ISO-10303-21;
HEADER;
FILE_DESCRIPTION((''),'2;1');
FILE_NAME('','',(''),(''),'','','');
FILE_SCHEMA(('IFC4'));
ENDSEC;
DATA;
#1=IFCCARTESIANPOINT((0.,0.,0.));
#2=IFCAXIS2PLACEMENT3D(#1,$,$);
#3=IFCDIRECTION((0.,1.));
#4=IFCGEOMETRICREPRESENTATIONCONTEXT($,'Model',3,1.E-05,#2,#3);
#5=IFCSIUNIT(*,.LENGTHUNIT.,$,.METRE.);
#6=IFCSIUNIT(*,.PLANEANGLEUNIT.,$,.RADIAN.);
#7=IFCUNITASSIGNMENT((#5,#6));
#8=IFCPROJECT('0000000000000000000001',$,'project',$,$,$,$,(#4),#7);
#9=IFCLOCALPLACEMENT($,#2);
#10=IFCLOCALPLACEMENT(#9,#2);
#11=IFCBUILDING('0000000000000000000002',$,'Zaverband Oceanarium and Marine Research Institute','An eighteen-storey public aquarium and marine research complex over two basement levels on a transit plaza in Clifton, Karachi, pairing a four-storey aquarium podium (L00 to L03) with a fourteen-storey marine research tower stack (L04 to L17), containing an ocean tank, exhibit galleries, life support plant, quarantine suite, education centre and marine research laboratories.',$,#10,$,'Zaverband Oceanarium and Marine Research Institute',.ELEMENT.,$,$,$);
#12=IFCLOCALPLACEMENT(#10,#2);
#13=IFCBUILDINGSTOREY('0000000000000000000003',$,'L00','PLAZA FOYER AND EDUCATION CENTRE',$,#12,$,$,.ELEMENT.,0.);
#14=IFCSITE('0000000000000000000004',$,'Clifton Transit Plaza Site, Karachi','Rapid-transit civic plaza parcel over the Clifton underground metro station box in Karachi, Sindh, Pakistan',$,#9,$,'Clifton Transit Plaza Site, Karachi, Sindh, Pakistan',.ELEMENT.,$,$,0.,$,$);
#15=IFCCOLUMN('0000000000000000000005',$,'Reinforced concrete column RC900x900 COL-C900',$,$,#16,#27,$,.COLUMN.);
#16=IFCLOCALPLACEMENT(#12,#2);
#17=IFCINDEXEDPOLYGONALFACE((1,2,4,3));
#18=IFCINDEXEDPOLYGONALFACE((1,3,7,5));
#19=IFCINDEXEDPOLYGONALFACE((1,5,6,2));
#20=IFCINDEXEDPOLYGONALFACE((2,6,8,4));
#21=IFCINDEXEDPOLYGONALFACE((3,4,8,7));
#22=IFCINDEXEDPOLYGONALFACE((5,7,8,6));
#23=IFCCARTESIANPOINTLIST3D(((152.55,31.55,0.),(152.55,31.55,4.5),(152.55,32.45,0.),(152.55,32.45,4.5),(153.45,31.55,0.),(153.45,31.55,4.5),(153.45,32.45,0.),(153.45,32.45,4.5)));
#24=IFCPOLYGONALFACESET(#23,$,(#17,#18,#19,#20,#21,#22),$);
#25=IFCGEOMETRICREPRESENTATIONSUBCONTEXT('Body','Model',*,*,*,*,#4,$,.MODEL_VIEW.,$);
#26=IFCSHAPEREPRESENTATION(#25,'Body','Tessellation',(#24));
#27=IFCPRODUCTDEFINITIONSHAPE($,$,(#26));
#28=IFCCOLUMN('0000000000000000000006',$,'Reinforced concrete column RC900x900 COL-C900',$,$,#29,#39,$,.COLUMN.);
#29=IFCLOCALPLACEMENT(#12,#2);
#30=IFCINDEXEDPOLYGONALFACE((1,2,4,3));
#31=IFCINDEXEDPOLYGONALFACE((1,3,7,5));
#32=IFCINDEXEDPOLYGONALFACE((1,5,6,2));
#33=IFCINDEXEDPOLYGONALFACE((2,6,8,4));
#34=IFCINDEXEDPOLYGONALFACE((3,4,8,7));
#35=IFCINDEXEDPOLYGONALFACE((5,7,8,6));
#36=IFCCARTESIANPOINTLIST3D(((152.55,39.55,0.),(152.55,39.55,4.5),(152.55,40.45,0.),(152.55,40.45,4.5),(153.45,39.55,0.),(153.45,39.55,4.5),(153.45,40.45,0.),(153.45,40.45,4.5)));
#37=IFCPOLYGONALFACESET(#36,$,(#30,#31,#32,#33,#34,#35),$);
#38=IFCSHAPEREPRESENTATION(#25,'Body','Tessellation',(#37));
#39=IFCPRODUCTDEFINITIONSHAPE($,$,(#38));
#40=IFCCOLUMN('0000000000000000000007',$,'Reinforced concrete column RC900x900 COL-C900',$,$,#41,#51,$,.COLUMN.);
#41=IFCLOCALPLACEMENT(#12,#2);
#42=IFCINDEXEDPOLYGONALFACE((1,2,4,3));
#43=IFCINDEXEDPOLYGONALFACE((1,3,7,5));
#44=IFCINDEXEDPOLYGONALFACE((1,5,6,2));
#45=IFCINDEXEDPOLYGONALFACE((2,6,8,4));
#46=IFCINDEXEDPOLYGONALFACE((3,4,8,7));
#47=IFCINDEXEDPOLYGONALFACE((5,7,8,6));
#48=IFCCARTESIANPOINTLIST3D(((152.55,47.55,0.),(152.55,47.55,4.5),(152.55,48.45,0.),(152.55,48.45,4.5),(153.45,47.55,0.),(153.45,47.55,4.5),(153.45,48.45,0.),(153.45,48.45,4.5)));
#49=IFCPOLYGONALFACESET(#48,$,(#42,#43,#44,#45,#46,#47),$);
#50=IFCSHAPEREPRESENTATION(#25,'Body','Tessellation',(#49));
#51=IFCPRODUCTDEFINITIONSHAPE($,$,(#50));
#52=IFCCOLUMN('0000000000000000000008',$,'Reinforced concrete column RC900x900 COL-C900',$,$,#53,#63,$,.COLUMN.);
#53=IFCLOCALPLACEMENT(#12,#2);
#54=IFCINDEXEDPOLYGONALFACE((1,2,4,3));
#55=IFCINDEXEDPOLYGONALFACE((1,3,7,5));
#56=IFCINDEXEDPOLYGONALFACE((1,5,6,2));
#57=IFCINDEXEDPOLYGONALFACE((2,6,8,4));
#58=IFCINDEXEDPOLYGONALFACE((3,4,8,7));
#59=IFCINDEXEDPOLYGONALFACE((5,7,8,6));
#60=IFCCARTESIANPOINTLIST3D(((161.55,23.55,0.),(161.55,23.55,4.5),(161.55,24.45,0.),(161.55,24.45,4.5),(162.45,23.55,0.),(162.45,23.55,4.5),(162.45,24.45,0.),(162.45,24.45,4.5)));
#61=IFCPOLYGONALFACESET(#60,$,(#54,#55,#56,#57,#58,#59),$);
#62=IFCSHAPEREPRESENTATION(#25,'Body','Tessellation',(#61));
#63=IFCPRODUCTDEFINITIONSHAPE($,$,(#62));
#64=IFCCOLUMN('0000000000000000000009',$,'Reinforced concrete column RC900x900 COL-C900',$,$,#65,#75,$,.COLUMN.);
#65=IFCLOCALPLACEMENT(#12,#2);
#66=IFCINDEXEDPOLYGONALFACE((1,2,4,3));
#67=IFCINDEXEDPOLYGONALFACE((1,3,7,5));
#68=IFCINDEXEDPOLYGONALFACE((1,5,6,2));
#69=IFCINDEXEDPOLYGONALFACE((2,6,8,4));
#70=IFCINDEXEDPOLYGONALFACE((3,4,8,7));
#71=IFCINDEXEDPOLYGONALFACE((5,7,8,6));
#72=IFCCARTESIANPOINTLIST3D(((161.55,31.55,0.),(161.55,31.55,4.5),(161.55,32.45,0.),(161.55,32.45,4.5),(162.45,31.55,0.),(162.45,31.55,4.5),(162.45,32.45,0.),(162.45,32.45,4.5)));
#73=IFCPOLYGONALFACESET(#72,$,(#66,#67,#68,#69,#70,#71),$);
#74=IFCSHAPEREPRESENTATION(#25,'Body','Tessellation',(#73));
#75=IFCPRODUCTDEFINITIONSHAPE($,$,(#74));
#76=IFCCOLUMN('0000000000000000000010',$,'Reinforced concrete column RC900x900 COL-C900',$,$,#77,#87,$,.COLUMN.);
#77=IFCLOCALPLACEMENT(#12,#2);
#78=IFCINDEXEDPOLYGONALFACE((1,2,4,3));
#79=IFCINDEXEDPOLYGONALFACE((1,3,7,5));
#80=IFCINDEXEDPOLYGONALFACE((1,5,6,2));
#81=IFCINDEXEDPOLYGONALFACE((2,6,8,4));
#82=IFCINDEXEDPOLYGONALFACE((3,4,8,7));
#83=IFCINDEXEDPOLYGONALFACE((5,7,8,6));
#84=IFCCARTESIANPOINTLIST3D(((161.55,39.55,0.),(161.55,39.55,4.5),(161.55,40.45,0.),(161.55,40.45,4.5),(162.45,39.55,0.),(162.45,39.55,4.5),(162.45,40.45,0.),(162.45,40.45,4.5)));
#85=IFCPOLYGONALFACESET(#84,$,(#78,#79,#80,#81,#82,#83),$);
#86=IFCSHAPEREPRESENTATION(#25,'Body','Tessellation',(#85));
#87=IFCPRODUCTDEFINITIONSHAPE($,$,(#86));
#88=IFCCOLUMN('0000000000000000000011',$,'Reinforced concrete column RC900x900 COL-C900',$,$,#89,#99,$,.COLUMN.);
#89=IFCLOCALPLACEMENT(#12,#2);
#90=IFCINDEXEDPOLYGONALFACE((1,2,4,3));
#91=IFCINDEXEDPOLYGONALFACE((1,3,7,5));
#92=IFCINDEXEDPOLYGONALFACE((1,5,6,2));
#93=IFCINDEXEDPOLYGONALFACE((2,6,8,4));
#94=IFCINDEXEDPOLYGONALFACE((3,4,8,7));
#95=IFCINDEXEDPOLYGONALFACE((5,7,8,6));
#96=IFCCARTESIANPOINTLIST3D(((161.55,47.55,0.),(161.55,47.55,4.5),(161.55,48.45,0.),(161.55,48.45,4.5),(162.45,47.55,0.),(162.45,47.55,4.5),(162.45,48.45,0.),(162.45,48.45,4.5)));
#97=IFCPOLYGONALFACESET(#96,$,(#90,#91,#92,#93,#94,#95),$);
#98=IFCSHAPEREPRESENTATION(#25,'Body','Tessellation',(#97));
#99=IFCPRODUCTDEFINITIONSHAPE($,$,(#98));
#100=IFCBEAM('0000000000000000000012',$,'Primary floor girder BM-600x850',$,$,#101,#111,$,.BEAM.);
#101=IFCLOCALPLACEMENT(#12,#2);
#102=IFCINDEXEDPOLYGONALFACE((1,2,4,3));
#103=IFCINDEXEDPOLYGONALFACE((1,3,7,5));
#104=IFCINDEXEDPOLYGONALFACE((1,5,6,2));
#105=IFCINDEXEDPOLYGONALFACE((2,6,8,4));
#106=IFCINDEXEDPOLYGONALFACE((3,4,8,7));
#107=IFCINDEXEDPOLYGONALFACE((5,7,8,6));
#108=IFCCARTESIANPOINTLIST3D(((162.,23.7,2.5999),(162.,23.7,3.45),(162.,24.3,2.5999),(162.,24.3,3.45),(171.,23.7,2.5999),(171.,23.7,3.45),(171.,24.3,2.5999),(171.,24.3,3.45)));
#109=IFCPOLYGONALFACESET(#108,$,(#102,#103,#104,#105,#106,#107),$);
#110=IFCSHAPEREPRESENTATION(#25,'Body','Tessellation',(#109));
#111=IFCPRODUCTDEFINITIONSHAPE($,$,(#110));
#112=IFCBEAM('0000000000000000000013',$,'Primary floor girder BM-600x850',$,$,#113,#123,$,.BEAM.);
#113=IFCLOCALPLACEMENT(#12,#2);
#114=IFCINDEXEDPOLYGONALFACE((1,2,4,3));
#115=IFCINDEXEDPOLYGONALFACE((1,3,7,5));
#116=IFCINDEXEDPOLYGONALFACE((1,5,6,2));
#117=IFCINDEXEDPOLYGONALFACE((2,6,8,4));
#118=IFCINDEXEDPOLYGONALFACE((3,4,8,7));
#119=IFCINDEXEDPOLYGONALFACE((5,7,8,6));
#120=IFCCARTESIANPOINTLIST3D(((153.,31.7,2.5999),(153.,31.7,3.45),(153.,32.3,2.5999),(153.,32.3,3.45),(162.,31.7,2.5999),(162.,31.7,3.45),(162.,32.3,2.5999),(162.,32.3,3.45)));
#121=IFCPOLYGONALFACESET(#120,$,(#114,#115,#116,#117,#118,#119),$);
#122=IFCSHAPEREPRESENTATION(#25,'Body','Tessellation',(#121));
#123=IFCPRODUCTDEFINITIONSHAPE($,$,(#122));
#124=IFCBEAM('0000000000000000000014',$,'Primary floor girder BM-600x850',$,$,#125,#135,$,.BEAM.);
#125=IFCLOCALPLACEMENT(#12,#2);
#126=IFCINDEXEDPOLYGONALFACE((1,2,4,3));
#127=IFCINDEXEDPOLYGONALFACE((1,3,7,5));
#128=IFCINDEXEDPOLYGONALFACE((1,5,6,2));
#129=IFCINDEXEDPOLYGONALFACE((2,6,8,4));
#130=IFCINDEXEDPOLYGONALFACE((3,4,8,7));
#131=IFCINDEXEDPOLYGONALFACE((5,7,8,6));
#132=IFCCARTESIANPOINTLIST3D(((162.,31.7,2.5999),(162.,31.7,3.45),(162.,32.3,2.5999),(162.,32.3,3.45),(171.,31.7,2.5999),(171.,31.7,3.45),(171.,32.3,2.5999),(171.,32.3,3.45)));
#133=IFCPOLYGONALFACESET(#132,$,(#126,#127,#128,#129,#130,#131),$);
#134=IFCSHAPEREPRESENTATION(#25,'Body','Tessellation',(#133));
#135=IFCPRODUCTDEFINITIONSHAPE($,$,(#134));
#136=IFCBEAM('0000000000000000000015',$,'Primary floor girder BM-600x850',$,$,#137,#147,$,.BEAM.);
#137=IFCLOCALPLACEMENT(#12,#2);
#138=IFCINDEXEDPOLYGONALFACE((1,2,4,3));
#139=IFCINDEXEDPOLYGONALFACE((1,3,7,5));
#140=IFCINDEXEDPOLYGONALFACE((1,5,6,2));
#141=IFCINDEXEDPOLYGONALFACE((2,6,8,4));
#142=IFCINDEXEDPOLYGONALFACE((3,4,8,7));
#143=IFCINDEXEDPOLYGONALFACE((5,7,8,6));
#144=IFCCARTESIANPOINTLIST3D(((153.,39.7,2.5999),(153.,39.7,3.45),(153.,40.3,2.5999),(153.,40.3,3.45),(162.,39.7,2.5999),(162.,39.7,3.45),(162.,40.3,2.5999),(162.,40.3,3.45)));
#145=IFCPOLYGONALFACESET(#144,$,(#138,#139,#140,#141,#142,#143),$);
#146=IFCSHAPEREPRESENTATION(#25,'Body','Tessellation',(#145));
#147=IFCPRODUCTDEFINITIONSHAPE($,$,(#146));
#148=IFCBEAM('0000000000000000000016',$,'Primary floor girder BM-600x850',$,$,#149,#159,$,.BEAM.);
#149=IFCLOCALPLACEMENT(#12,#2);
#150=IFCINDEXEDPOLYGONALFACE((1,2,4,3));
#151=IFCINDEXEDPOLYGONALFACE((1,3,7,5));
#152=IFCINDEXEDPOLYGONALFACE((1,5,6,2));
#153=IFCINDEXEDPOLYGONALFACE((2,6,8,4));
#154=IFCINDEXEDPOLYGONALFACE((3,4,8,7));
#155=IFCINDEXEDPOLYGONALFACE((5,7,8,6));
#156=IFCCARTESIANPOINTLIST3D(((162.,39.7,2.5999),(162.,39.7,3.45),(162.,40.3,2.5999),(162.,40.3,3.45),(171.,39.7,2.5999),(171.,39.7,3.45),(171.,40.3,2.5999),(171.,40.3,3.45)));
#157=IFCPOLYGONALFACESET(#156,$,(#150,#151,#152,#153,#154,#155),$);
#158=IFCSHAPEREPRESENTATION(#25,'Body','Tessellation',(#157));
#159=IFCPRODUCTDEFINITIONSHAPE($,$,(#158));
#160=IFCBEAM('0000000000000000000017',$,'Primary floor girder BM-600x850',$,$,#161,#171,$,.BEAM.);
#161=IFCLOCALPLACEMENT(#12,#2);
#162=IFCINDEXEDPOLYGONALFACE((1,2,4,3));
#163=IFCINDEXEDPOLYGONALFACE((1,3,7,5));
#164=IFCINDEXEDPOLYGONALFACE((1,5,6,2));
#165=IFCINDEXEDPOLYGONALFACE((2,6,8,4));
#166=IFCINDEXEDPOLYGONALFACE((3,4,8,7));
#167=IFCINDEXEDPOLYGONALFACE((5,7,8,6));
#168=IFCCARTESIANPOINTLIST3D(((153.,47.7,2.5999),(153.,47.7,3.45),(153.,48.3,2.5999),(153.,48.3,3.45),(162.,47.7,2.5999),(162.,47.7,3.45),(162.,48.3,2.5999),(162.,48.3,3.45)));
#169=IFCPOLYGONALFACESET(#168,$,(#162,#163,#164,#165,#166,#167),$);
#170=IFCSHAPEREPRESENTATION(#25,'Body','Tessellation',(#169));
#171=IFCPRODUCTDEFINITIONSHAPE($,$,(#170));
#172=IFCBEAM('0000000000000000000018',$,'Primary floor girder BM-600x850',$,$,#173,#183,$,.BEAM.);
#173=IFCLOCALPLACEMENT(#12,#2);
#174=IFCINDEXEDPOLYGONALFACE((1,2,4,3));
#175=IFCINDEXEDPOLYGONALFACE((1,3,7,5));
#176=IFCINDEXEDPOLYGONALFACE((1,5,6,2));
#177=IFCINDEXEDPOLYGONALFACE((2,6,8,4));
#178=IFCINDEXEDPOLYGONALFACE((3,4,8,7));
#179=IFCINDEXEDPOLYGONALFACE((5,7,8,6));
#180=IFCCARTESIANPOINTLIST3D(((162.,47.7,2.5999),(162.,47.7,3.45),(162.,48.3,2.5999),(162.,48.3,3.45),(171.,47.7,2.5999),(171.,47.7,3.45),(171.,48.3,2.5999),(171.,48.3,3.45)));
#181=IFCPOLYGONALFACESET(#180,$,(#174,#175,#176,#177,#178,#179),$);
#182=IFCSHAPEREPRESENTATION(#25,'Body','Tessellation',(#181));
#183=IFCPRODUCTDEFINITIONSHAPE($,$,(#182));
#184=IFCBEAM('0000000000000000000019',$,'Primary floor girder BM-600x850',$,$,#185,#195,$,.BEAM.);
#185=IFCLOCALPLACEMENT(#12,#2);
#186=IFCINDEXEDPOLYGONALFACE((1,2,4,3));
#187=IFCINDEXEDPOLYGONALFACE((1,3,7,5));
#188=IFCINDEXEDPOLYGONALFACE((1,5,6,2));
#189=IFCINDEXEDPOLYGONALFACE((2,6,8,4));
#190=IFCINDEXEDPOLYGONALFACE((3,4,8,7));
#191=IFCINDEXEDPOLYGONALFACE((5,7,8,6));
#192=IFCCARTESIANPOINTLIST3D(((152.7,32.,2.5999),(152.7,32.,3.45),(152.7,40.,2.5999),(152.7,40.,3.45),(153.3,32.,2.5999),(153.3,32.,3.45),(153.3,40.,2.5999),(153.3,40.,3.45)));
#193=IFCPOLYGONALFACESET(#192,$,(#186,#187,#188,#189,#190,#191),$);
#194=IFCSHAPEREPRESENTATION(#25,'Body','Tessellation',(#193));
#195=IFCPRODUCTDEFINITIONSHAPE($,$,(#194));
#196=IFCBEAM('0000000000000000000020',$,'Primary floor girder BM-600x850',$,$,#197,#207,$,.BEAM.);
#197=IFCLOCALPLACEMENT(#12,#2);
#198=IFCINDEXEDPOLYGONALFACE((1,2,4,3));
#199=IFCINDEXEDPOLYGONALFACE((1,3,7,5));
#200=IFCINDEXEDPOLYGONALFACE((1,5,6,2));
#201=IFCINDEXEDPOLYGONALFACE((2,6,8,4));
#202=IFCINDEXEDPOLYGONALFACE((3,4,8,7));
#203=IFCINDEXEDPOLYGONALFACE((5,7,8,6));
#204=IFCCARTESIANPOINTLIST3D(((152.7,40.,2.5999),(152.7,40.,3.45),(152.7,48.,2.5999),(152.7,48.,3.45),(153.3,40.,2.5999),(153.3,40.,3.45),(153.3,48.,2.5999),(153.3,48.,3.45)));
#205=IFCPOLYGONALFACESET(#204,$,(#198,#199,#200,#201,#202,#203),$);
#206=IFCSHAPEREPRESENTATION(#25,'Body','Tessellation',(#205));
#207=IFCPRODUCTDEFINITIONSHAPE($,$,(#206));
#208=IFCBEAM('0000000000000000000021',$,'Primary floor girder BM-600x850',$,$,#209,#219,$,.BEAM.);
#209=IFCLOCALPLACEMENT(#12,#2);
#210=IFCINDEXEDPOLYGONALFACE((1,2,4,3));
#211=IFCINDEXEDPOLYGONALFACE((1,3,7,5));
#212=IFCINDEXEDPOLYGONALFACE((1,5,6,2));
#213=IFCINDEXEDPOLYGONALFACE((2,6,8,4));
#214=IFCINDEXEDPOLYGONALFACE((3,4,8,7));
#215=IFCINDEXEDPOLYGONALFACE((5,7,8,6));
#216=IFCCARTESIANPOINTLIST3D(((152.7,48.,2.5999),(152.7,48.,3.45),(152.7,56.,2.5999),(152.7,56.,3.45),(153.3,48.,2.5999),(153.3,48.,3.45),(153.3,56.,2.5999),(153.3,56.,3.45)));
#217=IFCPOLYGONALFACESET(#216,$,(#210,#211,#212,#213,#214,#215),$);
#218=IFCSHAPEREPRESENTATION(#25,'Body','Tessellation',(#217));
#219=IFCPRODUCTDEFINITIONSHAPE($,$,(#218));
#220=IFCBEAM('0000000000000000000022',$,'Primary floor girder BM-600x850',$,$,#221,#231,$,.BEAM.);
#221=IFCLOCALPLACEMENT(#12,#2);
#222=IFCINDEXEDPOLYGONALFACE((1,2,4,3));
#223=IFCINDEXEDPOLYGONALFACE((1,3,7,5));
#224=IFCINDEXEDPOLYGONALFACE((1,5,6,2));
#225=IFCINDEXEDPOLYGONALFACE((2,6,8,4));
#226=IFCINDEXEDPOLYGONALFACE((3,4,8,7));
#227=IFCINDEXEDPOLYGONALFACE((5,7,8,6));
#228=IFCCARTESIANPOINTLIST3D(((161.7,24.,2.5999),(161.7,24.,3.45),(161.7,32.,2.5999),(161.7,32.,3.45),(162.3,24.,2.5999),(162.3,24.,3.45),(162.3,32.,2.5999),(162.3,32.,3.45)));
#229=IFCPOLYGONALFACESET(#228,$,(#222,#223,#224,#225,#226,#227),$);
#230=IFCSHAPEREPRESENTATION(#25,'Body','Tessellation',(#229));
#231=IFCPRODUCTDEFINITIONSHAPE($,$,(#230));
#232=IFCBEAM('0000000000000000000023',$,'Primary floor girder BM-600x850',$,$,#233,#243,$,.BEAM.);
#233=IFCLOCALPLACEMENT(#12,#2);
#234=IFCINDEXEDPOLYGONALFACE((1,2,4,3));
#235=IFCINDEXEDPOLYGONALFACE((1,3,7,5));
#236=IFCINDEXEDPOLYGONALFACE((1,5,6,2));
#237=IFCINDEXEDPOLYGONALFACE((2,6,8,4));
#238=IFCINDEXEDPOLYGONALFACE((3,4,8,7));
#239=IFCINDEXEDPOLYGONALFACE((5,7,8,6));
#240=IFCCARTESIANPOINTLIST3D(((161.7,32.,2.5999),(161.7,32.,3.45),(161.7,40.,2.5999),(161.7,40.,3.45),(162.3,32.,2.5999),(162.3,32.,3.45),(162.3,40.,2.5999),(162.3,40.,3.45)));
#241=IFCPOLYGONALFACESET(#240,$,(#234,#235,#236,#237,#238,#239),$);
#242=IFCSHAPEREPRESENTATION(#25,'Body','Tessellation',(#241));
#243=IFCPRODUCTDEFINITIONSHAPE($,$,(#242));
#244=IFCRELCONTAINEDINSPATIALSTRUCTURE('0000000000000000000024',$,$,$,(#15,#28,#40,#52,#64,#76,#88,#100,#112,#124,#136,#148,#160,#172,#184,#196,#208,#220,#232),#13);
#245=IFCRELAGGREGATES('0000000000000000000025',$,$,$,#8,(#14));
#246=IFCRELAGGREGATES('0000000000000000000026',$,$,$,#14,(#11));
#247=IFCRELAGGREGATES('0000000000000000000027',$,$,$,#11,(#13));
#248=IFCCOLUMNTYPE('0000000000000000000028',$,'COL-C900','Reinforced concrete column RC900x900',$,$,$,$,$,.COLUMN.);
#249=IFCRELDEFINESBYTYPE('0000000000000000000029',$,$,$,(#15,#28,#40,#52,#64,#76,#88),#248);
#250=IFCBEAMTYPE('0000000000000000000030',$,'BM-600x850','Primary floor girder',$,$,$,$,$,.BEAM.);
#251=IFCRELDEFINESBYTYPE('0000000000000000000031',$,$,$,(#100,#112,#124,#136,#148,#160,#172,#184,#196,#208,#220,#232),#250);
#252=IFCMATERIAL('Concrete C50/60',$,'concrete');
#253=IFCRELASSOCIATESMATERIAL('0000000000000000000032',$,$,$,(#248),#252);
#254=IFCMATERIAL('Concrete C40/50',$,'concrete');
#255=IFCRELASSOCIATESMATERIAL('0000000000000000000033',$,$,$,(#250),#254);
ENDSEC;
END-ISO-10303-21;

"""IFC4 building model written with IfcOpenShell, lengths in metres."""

from ifc_helpers import new_model, si_unit, direction, frame, origin, origin_2d, place, context, subcontext, project, spatial, rectangle, extrude, material, material_profile, profile_set, type_object, element, save


model = new_model("IFC4")

# Units and contexts
model_context = context("Model", 3, precision=1e-05, world=origin(), true_north=direction((0.0, 1.0)))
body_context = subcontext(model_context, "Body", "Model", "MODEL_VIEW")
ifc_project = project(units=[si_unit("LENGTHUNIT", "METRE"), si_unit("PLANEANGLEUNIT", "RADIAN")], contexts=[model_context])

# Site, building, storey
site_placement = place(None, origin())
site = spatial("IfcSite", under=ifc_project, at=site_placement, Name="Clifton Transit Plaza Site, Karachi", Description="Rapid-transit civic plaza parcel over the Clifton underground metro station box in Karachi, Sindh, Pakistan", LongName="Clifton Transit Plaza Site, Karachi, Sindh, Pakistan", CompositionType="ELEMENT", RefElevation=0.0)
building_placement = place(site_placement, origin())
building = spatial("IfcBuilding", under=site, at=building_placement, Name="Zaverband Oceanarium and Marine Research Institute", Description="An eighteen-storey public aquarium and marine research complex over two basement levels on a transit plaza in Clifton, Karachi, pairing a four-storey aquarium podium (L00 to L03) with a fourteen-storey marine research tower stack (L04 to L17), containing an ocean tank, exhibit galleries, life support plant, quarantine suite, education centre and marine research laboratories.", LongName="Zaverband Oceanarium and Marine Research Institute", CompositionType="ELEMENT")
storey_placement = place(building_placement, origin())
storey = spatial("IfcBuildingStorey", under=building, at=storey_placement, Name="L00", Description="PLAZA FOYER AND EDUCATION CENTRE", CompositionType="ELEMENT", Elevation=0.0)

# Columns
ifc_material_1 = material(Name="Concrete C50/60", Category="concrete")
ifc_material_profile_1 = material_profile(ifc_material_1, rectangle(XDim=0.8999, YDim=0.8999, at=origin_2d()), Name="RC900x900")
ifc_profile_set_1 = profile_set([ifc_material_profile_1], Name="Concrete C50/60")
column_type = type_object("IfcColumnType", Name="COL-C900", Description="Reinforced concrete column RC900x900", PredefinedType="COLUMN", material=ifc_profile_set_1)
for number, where, z_axis, x_axis, name in (
    (1, (153.0, 32.0, 0.0), (0.0, 0.0, 1.0), (1.0, 0.0, 0.0), "Reinforced concrete column RC900x900 COL-C900"),
    (2, (153.0, 40.0, 0.0), (0.0, 0.0, 1.0), (1.0, 0.0, 0.0), "Reinforced concrete column RC900x900 COL-C900"),
    (3, (153.0, 48.0, 0.0), (0.0, 0.0, 1.0), (1.0, 0.0, 0.0), "Reinforced concrete column RC900x900 COL-C900"),
    (4, (162.0, 24.0, 0.0), (0.0, 0.0, 1.0), (1.0, 0.0, 0.0), "Reinforced concrete column RC900x900 COL-C900"),
    (5, (162.0, 32.0, 0.0), (0.0, 0.0, 1.0), (1.0, 0.0, 0.0), "Reinforced concrete column RC900x900 COL-C900"),
    (6, (162.0, 40.0, 0.0), (0.0, 0.0, 1.0), (1.0, 0.0, 0.0), "Reinforced concrete column RC900x900 COL-C900"),
    (7, (162.0, 48.0, 0.0), (0.0, 0.0, 1.0), (1.0, 0.0, 0.0), "Reinforced concrete column RC900x900 COL-C900"),
):
    element("IfcColumn", number, at=place(storey_placement, frame(where, z_axis=z_axis, x_axis=x_axis)), inside=storey, type_object=column_type, Name=name, PredefinedType="COLUMN", context=body_context, shape_type="SweptSolid", body=[
        extrude(rectangle(XDim=0.8999, YDim=0.8999, at=origin_2d()), origin(), (0.0, 0.0, 1.0), 4.5),
    ])

# Beams
ifc_material_2 = material(Name="Concrete C40/50", Category="concrete")
ifc_material_profile_2 = material_profile(ifc_material_2, rectangle(XDim=0.6001, YDim=0.8501, at=origin_2d()), Name="RC600x850")
ifc_profile_set_2 = profile_set([ifc_material_profile_2], Name="Concrete C40/50")
beam_type_1 = type_object("IfcBeamType", Name="BM-600x850", Description="Primary floor girder", PredefinedType="BEAM", material=ifc_profile_set_2)
for number, where, z_axis, x_axis, name in (
    (8, (162.0, 24.0, 3.0249), (1.0, 0.0, 0.0), (0.0, 1.0, 0.0), "Primary floor girder BM-600x850"),
    (9, (153.0, 32.0, 3.0249), (1.0, 0.0, 0.0), (0.0, 1.0, 0.0), "Primary floor girder BM-600x850"),
    (10, (162.0, 32.0, 3.0249), (1.0, 0.0, 0.0), (0.0, 1.0, 0.0), "Primary floor girder BM-600x850"),
    (11, (153.0, 40.0, 3.0249), (1.0, 0.0, 0.0), (0.0, 1.0, 0.0), "Primary floor girder BM-600x850"),
    (12, (162.0, 40.0, 3.0249), (1.0, 0.0, 0.0), (0.0, 1.0, 0.0), "Primary floor girder BM-600x850"),
    (13, (153.0, 48.0, 3.0249), (1.0, 0.0, 0.0), (0.0, 1.0, 0.0), "Primary floor girder BM-600x850"),
    (14, (162.0, 48.0, 3.0249), (1.0, 0.0, 0.0), (0.0, 1.0, 0.0), "Primary floor girder BM-600x850"),
):
    element("IfcBeam", number, at=place(storey_placement, frame(where, z_axis=z_axis, x_axis=x_axis)), inside=storey, type_object=beam_type_1, Name=name, PredefinedType="BEAM", context=body_context, shape_type="SweptSolid", body=[
        extrude(rectangle(XDim=0.6001, YDim=0.8501, at=origin_2d()), origin(), (0.0, 0.0, 1.0), 9.0),
    ])
for number, where, z_axis, x_axis, name in (
    (15, (153.0, 32.0, 3.0249), (0.0, 1.0, 0.0), (-1.0, 0.0, 0.0), "Primary floor girder BM-600x850"),
    (16, (153.0, 40.0, 3.0249), (0.0, 1.0, 0.0), (-1.0, 0.0, 0.0), "Primary floor girder BM-600x850"),
    (17, (153.0, 48.0, 3.0249), (0.0, 1.0, 0.0), (-1.0, 0.0, 0.0), "Primary floor girder BM-600x850"),
    (18, (162.0, 24.0, 3.0249), (0.0, 1.0, 0.0), (-1.0, 0.0, 0.0), "Primary floor girder BM-600x850"),
    (19, (162.0, 32.0, 3.0249), (0.0, 1.0, 0.0), (-1.0, 0.0, 0.0), "Primary floor girder BM-600x850"),
):
    element("IfcBeam", number, at=place(storey_placement, frame(where, z_axis=z_axis, x_axis=x_axis)), inside=storey, type_object=beam_type_1, Name=name, PredefinedType="BEAM", context=body_context, shape_type="SweptSolid", body=[
        extrude(rectangle(XDim=0.6001, YDim=0.8501, at=origin_2d()), origin(), (0.0, 0.0, 1.0), 8.0),
    ])

save(model, "model.ifc")
